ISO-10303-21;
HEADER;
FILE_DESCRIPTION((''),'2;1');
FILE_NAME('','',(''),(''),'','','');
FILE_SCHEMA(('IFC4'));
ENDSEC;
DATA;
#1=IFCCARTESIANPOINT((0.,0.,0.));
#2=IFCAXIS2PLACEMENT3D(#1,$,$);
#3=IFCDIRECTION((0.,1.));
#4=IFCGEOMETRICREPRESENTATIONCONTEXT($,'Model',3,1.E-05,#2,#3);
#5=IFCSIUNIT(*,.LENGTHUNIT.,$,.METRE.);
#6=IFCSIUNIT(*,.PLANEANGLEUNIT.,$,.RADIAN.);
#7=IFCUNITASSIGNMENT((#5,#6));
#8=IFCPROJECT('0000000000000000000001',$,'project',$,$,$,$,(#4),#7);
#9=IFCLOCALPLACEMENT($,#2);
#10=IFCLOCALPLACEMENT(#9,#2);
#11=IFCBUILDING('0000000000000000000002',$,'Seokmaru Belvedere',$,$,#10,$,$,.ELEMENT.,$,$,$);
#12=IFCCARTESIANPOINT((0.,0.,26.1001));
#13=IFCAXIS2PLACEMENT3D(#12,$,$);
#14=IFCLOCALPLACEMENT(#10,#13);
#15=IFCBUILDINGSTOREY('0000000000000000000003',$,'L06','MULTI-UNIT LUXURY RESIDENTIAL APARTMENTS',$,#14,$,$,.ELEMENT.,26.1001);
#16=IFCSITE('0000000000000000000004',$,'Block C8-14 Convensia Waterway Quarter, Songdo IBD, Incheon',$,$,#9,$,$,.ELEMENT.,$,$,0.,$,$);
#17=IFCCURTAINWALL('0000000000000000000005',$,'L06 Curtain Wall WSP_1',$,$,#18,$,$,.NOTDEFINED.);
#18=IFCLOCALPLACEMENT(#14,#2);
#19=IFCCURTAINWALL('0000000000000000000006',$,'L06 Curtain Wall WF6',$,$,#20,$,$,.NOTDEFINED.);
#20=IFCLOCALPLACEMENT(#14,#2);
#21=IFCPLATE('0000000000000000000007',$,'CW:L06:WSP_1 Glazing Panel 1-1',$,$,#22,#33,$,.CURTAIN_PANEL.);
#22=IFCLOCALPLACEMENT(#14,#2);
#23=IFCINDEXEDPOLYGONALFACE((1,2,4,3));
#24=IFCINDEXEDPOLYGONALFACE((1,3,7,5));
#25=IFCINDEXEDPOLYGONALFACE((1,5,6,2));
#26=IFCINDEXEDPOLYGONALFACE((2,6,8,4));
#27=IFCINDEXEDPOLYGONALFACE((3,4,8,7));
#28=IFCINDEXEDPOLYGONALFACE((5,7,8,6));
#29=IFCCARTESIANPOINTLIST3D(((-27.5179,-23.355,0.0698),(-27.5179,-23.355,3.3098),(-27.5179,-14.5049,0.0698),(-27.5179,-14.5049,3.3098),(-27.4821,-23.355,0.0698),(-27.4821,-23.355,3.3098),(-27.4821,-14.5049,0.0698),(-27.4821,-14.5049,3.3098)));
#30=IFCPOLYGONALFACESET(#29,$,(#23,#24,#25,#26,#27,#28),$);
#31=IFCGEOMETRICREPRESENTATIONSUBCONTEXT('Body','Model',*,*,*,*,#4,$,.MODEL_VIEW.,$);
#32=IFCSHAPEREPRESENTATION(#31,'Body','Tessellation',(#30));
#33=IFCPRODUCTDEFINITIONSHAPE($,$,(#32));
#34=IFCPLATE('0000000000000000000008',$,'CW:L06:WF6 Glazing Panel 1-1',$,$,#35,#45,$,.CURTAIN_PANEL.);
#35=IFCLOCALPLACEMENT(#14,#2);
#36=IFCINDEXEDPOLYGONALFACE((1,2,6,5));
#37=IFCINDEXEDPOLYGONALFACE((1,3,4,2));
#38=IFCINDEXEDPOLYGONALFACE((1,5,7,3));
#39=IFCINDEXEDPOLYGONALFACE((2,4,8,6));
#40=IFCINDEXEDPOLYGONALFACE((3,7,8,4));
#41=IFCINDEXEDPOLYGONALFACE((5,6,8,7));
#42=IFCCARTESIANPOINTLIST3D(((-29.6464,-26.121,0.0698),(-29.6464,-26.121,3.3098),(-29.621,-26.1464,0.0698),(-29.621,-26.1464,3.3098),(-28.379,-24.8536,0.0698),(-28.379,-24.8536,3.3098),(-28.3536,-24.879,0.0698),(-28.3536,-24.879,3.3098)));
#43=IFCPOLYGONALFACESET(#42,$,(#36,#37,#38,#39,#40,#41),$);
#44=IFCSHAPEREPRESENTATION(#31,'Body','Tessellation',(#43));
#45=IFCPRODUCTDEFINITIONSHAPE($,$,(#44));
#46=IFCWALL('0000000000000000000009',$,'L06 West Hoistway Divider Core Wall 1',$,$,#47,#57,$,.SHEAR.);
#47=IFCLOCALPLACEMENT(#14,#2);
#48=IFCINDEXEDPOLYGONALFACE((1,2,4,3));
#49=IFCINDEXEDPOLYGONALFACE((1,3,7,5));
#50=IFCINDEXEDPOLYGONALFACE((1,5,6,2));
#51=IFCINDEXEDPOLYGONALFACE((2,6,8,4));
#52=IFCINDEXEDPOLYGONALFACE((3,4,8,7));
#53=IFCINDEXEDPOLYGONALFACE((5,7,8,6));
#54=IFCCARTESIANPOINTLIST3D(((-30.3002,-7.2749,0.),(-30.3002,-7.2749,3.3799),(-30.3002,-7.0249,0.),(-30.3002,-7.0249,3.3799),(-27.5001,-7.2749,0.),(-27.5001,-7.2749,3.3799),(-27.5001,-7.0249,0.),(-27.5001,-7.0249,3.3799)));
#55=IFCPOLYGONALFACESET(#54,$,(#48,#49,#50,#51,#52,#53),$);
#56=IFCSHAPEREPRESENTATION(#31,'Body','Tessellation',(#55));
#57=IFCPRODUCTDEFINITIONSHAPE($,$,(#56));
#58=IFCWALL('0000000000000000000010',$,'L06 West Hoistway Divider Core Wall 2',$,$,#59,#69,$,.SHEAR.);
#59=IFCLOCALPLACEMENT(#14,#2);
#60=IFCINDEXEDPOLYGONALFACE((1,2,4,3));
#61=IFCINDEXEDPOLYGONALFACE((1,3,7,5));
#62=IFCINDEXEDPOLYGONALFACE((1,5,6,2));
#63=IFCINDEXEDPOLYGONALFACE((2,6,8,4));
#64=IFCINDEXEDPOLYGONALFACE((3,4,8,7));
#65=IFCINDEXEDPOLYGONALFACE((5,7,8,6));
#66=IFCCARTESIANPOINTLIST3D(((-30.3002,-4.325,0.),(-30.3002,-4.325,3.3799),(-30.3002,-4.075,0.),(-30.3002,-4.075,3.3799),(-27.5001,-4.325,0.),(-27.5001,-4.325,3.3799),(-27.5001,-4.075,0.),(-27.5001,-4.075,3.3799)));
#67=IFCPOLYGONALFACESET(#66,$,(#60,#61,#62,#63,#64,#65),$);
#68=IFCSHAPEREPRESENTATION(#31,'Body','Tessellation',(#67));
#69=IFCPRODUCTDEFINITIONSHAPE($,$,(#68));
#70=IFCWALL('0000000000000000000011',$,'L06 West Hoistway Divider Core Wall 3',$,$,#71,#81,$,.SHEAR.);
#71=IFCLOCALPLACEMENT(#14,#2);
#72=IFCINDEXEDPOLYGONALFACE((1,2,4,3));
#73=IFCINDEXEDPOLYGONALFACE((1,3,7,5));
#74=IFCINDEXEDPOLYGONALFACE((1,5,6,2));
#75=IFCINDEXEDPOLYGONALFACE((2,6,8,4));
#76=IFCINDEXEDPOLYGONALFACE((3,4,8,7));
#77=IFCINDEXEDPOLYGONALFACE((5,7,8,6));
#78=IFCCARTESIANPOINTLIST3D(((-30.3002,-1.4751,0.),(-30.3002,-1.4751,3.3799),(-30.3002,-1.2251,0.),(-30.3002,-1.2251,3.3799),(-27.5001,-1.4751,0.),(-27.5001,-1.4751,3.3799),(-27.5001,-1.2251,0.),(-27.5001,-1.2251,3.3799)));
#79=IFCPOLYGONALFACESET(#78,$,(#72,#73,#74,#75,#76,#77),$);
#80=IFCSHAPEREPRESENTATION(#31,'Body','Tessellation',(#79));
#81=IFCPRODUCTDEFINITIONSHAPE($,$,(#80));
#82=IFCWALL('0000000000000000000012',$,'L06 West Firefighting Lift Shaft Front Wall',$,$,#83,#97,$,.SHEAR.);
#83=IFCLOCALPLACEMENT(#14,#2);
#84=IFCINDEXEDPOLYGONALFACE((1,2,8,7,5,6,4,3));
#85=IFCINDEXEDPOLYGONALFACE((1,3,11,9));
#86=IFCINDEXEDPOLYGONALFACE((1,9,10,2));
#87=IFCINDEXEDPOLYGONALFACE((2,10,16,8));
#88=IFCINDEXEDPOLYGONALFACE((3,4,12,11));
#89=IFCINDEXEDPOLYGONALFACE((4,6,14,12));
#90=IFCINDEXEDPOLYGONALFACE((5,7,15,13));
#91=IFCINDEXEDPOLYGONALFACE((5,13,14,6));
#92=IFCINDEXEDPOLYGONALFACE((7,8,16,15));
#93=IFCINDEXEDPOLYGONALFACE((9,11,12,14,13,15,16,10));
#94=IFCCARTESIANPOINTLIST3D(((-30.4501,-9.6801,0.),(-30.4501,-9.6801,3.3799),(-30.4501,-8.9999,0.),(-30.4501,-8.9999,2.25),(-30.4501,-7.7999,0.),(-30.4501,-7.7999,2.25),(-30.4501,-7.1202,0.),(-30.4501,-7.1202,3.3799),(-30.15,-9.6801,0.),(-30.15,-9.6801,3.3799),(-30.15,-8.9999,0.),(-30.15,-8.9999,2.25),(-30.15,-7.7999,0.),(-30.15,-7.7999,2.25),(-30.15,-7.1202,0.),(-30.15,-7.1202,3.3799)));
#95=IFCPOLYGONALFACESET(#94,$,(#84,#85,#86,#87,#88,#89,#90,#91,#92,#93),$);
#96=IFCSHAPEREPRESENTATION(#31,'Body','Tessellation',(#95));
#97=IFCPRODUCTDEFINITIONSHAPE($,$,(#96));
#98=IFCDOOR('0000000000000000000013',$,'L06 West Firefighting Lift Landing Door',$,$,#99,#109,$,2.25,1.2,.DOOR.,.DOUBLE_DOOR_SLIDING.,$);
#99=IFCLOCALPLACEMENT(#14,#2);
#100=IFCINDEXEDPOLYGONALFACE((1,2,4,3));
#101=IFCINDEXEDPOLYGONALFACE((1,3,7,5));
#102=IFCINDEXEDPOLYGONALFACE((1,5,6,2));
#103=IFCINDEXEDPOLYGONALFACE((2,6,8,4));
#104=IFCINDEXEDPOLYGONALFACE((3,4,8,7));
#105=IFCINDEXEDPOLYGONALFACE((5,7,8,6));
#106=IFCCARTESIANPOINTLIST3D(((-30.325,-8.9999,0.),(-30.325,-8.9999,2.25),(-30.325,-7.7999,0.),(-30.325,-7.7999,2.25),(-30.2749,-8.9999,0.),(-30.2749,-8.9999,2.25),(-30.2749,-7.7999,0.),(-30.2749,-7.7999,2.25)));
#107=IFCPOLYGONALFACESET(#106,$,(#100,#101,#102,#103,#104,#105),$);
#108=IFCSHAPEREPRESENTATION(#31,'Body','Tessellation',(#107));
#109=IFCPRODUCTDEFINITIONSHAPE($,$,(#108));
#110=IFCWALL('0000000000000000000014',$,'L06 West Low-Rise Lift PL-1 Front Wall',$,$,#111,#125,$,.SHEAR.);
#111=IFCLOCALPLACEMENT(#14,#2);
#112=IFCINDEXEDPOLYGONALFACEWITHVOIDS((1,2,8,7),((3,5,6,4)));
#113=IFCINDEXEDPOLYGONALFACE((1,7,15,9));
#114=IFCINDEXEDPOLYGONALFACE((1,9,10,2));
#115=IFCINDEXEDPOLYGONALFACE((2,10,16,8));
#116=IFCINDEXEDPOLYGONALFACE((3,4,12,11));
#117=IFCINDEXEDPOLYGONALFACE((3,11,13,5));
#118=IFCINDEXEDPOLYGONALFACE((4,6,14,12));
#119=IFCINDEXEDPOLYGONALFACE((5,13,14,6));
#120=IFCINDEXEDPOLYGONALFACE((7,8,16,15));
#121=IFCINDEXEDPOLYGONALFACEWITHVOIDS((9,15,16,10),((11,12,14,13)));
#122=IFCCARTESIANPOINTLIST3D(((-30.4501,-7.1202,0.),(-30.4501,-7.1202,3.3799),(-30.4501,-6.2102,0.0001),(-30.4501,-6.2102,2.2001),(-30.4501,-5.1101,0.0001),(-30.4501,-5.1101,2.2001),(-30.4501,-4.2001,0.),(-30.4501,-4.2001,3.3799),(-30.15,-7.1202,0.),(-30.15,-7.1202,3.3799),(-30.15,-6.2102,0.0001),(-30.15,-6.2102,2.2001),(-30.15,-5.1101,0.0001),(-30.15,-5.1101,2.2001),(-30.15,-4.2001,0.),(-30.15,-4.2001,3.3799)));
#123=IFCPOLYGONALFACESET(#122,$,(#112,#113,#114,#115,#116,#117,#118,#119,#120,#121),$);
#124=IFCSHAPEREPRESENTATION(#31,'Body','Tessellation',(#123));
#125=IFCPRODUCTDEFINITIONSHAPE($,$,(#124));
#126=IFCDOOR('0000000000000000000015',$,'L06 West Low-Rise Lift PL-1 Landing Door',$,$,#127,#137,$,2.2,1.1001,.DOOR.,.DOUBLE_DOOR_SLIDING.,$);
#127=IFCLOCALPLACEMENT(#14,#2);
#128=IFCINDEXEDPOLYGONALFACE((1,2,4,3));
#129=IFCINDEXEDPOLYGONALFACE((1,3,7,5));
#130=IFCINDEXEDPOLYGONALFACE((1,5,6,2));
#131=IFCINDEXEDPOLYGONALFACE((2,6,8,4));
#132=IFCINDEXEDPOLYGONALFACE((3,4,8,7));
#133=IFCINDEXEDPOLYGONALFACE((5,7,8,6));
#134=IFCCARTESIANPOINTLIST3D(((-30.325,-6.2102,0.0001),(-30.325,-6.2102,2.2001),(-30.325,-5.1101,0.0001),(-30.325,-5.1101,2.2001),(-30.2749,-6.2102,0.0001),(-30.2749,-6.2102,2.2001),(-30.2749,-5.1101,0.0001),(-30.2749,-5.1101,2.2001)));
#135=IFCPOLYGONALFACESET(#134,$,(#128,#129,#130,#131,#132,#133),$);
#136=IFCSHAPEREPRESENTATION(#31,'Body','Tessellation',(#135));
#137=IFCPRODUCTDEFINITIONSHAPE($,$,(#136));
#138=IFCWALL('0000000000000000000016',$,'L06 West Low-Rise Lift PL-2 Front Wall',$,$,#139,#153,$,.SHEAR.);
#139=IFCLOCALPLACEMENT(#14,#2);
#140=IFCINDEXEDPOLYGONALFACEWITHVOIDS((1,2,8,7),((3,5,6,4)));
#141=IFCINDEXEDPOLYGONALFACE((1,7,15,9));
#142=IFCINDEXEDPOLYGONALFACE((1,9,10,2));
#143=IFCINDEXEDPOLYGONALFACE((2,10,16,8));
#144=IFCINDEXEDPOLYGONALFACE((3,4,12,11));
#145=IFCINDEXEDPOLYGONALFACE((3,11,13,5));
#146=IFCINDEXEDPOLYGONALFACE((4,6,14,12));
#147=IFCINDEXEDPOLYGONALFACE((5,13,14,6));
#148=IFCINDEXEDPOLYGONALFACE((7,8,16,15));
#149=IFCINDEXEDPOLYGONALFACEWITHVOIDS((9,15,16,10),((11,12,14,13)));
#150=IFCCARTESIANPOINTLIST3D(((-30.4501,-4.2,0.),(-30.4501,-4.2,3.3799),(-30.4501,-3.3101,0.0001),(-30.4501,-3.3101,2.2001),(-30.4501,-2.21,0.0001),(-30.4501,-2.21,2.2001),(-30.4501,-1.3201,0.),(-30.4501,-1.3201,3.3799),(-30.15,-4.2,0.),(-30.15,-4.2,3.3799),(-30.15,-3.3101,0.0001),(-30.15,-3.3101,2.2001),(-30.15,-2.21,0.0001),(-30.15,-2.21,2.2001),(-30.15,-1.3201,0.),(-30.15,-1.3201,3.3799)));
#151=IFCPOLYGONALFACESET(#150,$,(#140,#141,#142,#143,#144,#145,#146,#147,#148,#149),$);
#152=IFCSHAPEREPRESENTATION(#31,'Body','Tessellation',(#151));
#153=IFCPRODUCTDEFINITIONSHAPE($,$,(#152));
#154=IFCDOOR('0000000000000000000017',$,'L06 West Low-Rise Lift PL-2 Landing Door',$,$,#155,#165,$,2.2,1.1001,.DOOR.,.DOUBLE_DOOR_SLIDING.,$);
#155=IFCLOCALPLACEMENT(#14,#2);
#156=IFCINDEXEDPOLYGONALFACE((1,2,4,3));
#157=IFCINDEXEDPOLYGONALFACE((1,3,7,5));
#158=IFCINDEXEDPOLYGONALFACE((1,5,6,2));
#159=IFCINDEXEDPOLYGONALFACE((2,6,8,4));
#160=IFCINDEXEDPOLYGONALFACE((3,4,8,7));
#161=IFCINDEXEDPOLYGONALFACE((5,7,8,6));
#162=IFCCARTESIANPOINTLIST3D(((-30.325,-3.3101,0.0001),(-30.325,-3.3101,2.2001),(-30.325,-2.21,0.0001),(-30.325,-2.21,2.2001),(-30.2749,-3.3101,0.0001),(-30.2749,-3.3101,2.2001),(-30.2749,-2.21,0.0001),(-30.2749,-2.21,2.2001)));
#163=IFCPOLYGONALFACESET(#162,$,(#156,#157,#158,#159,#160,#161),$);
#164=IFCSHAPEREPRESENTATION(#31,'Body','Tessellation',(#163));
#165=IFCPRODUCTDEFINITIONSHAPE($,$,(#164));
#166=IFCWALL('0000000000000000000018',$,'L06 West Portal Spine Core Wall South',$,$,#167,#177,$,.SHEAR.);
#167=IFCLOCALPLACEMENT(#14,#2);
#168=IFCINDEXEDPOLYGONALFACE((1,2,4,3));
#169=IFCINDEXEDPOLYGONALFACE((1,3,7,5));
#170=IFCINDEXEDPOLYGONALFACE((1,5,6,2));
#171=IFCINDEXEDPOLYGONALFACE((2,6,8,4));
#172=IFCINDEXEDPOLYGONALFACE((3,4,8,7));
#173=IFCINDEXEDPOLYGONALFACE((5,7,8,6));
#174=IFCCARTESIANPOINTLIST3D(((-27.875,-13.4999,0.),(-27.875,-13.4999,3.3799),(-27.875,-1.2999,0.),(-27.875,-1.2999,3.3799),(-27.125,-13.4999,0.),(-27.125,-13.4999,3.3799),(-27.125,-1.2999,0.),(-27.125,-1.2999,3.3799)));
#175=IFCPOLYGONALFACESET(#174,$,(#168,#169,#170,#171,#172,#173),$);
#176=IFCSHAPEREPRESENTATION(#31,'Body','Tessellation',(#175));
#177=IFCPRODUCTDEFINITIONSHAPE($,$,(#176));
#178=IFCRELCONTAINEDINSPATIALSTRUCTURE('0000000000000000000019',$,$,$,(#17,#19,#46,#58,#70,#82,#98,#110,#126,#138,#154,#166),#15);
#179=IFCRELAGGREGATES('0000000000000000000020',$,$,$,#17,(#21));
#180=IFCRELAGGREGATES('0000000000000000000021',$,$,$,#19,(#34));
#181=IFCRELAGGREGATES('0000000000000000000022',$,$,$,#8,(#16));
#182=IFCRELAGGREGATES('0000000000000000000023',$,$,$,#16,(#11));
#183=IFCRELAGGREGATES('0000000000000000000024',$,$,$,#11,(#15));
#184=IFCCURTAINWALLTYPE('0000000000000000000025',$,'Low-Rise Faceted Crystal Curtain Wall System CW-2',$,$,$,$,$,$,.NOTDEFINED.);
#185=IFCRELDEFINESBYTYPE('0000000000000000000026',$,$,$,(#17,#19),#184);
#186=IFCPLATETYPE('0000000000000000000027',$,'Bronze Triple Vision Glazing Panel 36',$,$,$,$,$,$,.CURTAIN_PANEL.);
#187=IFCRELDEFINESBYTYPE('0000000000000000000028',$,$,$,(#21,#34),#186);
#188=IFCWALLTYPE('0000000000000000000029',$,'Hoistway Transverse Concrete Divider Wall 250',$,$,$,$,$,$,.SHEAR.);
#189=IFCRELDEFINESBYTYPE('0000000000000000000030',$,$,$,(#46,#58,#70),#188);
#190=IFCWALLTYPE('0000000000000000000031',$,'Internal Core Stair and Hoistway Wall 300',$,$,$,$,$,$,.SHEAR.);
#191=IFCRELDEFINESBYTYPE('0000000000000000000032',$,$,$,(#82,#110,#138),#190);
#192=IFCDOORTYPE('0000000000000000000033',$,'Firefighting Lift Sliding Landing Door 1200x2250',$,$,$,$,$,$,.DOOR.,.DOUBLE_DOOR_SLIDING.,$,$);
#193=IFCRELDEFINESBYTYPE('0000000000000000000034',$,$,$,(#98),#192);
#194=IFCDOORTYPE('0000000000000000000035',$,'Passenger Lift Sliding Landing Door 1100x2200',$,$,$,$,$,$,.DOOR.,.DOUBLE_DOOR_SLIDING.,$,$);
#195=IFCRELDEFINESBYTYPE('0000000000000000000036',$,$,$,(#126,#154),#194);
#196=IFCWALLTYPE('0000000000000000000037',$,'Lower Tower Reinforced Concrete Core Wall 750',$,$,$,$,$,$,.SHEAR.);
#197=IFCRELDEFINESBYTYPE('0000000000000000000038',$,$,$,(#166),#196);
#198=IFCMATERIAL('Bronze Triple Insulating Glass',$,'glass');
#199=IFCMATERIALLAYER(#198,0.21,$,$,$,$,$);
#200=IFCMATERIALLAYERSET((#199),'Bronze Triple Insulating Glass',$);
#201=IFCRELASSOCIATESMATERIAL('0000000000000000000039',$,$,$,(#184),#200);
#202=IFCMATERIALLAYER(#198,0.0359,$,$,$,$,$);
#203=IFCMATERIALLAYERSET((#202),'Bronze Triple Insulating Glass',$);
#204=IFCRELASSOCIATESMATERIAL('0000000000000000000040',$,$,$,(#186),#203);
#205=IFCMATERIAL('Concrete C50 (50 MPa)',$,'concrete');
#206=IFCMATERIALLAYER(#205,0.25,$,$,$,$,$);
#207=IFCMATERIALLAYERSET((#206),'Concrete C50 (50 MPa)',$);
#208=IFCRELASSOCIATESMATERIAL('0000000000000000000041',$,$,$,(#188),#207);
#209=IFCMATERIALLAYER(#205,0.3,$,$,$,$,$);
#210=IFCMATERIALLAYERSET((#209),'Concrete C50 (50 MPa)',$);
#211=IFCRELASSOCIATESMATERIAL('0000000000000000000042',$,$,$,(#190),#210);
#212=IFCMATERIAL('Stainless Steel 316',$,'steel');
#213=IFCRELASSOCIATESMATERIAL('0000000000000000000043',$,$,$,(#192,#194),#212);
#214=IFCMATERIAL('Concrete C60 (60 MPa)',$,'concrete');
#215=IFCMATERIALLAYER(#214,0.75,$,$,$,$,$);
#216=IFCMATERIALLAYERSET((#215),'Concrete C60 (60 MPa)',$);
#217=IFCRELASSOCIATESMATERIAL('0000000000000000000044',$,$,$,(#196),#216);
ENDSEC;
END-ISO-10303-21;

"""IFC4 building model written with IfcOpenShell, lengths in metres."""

from ifc_helpers import new_model, si_unit, direction, frame, frame_2d, origin, origin_2d, place, context, subcontext, project, spatial, rectangle, extrude, source, transform, mapped, material, layer, layer_set, type_object, type_shapes, element, fill, aggregate, save


model = new_model("IFC4")

# Units and contexts
model_context = context("Model", 3, precision=1e-05, world=origin(), true_north=direction((0.0, 1.0)))
body_context = subcontext(model_context, "Body", "Model", "MODEL_VIEW")
ifc_project = project(units=[si_unit("LENGTHUNIT", "METRE"), si_unit("PLANEANGLEUNIT", "RADIAN")], contexts=[model_context])

# Site, building, storey
site_placement = place(None, origin())
site = spatial("IfcSite", under=ifc_project, at=site_placement, Name="Block C8-14 Convensia Waterway Quarter, Songdo IBD, Incheon", CompositionType="ELEMENT", RefElevation=0.0)
building_placement = place(site_placement, origin())
building = spatial("IfcBuilding", under=site, at=building_placement, Name="Seokmaru Belvedere", CompositionType="ELEMENT")
storey_placement = place(building_placement, frame((0.0, 0.0, 26.1001)))
storey = spatial("IfcBuildingStorey", under=building, at=storey_placement, Name="L06", Description="MULTI-UNIT LUXURY RESIDENTIAL APARTMENTS", CompositionType="ELEMENT", Elevation=26.1001)

# Curtain walls
ifc_material_1 = material(Name="Bronze Triple Insulating Glass", Category="glass")
ifc_layer_1 = layer(ifc_material_1, 0.21)
ifc_layer_set_1 = layer_set([ifc_layer_1], Name="Bronze Triple Insulating Glass")
curtain_wall_type = type_object("IfcCurtainWallType", Name="Low-Rise Faceted Crystal Curtain Wall System CW-2", PredefinedType="NOTDEFINED", material=ifc_layer_set_1)
curtain_wall_1_placement = place(storey_placement, origin())
curtain_wall_1 = element("IfcCurtainWall", 1, at=curtain_wall_1_placement, inside=storey, type_object=curtain_wall_type, Name="L06 Curtain Wall WSP_1", PredefinedType="NOTDEFINED")
curtain_wall_2_placement = place(storey_placement, origin())
curtain_wall_2 = element("IfcCurtainWall", 2, at=curtain_wall_2_placement, inside=storey, type_object=curtain_wall_type, Name="L06 Curtain Wall WF6", PredefinedType="NOTDEFINED")

# Plates
ifc_layer_2 = layer(ifc_material_1, 0.0359)
ifc_layer_set_2 = layer_set([ifc_layer_2], Name="Bronze Triple Insulating Glass")
plate_type = type_object("IfcPlateType", Name="Bronze Triple Vision Glazing Panel 36", PredefinedType="CURTAIN_PANEL", material=ifc_layer_set_2)
shared_shape_1 = source(origin(), body_context, "Body", "SweptSolid", [
    extrude(rectangle(XDim=8.8501, YDim=0.0359, at=origin_2d()), origin(), (0.0, 0.0, 1.0), 3.24),
])
plate_1_placement = place(storey_placement, frame((-27.5, -18.9299, 0.0698), z_axis=(0.0, 0.0, 1.0), x_axis=(0.0, 1.0, 0.0)))
plate_1 = element("IfcPlate", 3, at=plate_1_placement, type_object=plate_type, Name="CW:L06:WSP_1 Glazing Panel 1-1", PredefinedType="CURTAIN_PANEL", context=body_context, shape_type="MappedRepresentation", body=[
    mapped(shared_shape_1, transform((0.0, 0.0, 0.0), scale=1.0)),
])
aggregate(curtain_wall_1, [plate_1])
shared_shape_2 = source(origin(), body_context, "Body", "SweptSolid", [
    extrude(rectangle(XDim=1.7925, YDim=0.0359, at=origin_2d()), origin(), (0.0, 0.0, 1.0), 3.24),
])
type_shapes(plate_type, [shared_shape_1, shared_shape_2])
plate_2_placement = place(storey_placement, frame((-29.0, -25.5, 0.0698), z_axis=(0.0, 0.0, 1.0), x_axis=(0.707107, 0.707107, 0.0)))
plate_2 = element("IfcPlate", 4, at=plate_2_placement, type_object=plate_type, Name="CW:L06:WF6 Glazing Panel 1-1", PredefinedType="CURTAIN_PANEL", context=body_context, shape_type="MappedRepresentation", body=[
    mapped(shared_shape_2, transform((0.0, 0.0, 0.0), scale=1.0)),
])
aggregate(curtain_wall_2, [plate_2])

# Walls
ifc_material_2 = material(Name="Concrete C50 (50 MPa)", Category="concrete")
ifc_layer_3 = layer(ifc_material_2, 0.25)
ifc_layer_set_3 = layer_set([ifc_layer_3], Name="Concrete C50 (50 MPa)")
wall_type_1 = type_object("IfcWallType", Name="Hoistway Transverse Concrete Divider Wall 250", PredefinedType="SHEAR", material=ifc_layer_set_3)
for number, where, z_axis, x_axis, name in (
    (5, (-30.3, -7.1499, 0.0), (0.0, 0.0, 1.0), (1.0, 0.0, 0.0), "L06 West Hoistway Divider Core Wall 1"),
    (6, (-30.3, -4.2, 0.0), (0.0, 0.0, 1.0), (1.0, 0.0, 0.0), "L06 West Hoistway Divider Core Wall 2"),
    (7, (-30.3, -1.3501, 0.0), (0.0, 0.0, 1.0), (1.0, 0.0, 0.0), "L06 West Hoistway Divider Core Wall 3"),
):
    element("IfcWall", number, at=place(storey_placement, frame(where, z_axis=z_axis, x_axis=x_axis)), inside=storey, type_object=wall_type_1, Name=name, PredefinedType="SHEAR", context=body_context, shape_type="SweptSolid", body=[
        extrude(rectangle(XDim=2.8, YDim=0.25, at=frame_2d((1.3999, 0.0))), origin(), (0.0, 0.0, 1.0), 3.3799),
    ])

# Walls, openings, doors
ifc_layer_4 = layer(ifc_material_2, 0.3)
ifc_layer_set_4 = layer_set([ifc_layer_4], Name="Concrete C50 (50 MPa)")
wall_type_2 = type_object("IfcWallType", Name="Internal Core Stair and Hoistway Wall 300", PredefinedType="SHEAR", material=ifc_layer_set_4)
wall_1_placement = place(storey_placement, frame((-30.3, -9.6799, 0.0), z_axis=(0.0, 0.0, 1.0), x_axis=(0.0, 1.0, 0.0)))
wall_1 = element("IfcWall", 8, at=wall_1_placement, inside=storey, type_object=wall_type_2, Name="L06 West Firefighting Lift Shaft Front Wall", PredefinedType="SHEAR", context=body_context, shape_type="SweptSolid", body=[
    extrude(rectangle(XDim=2.5598, YDim=0.3, at=frame_2d((1.2798, 0.0))), origin(), (0.0, 0.0, 1.0), 3.3799),
])
opening_1_placement = place(wall_1_placement, frame((0.6799, 0.0, 0.0)))
opening_1 = element("IfcOpeningElement", 9, at=opening_1_placement, cuts=wall_1, PredefinedType="OPENING", context=body_context, shape_type="SweptSolid", body=[
    extrude(rectangle(XDim=1.2, YDim=2.25, at=frame_2d((0.6001, 1.125))), frame((0.0, 0.1602, 0.0), z_axis=(0.0, -1.0, 0.0), x_axis=(1.0, 0.0, 0.0)), (0.0, 0.0, 1.0), 0.3201),
])
ifc_material_3 = material(Name="Stainless Steel 316", Category="steel")
door_type_1 = type_object("IfcDoorType", Name="Firefighting Lift Sliding Landing Door 1200x2250", OperationType="DOUBLE_DOOR_SLIDING", PredefinedType="DOOR", material=ifc_material_3)
shared_shape_3 = source(origin(), body_context, "Body", "SweptSolid", [
    extrude(rectangle(XDim=1.2, YDim=2.25, at=frame_2d((0.6001, 1.125))), frame((0.0, 0.0249, 0.0), z_axis=(0.0, -1.0, 0.0), x_axis=(1.0, 0.0, 0.0)), (0.0, 0.0, 1.0), 0.05),
])
type_shapes(door_type_1, [shared_shape_3])
door_1_placement = place(opening_1_placement, origin())
door_1 = element("IfcDoor", 10, at=door_1_placement, inside=storey, type_object=door_type_1, Name="L06 West Firefighting Lift Landing Door", OperationType="DOUBLE_DOOR_SLIDING", OverallHeight=2.25, OverallWidth=1.2, PredefinedType="DOOR", context=body_context, shape_type="MappedRepresentation", body=[
    mapped(shared_shape_3, transform((0.0, 0.0, 0.0), scale=1.0)),
])
fill(opening_1, door_1)
wall_2_placement = place(storey_placement, frame((-30.3, -7.1201, 0.0), z_axis=(0.0, 0.0, 1.0), x_axis=(0.0, 1.0, 0.0)))
wall_2 = element("IfcWall", 11, at=wall_2_placement, inside=storey, type_object=wall_type_2, Name="L06 West Low-Rise Lift PL-1 Front Wall", PredefinedType="SHEAR", context=body_context, shape_type="SweptSolid", body=[
    extrude(rectangle(XDim=2.9202, YDim=0.3, at=frame_2d((1.46, 0.0))), origin(), (0.0, 0.0, 1.0), 3.3799),
])
opening_2_placement = place(wall_2_placement, frame((0.9099, 0.0, 0.0)))
opening_2 = element("IfcOpeningElement", 12, at=opening_2_placement, cuts=wall_2, PredefinedType="OPENING", context=body_context, shape_type="SweptSolid", body=[
    extrude(rectangle(XDim=1.1001, YDim=2.2, at=frame_2d((0.55, 1.1001))), frame((0.0, 0.1602, 0.0), z_axis=(0.0, -1.0, 0.0), x_axis=(1.0, 0.0, 0.0)), (0.0, 0.0, 1.0), 0.3201),
])
door_type_2 = type_object("IfcDoorType", Name="Passenger Lift Sliding Landing Door 1100x2200", OperationType="DOUBLE_DOOR_SLIDING", PredefinedType="DOOR", material=ifc_material_3)
shared_shape_4 = source(origin(), body_context, "Body", "SweptSolid", [
    extrude(rectangle(XDim=1.1001, YDim=2.2, at=frame_2d((0.55, 1.1001))), frame((0.0, 0.0249, 0.0), z_axis=(0.0, -1.0, 0.0), x_axis=(1.0, 0.0, 0.0)), (0.0, 0.0, 1.0), 0.05),
])
type_shapes(door_type_2, [shared_shape_4])
door_2_placement = place(opening_2_placement, origin())
door_2 = element("IfcDoor", 13, at=door_2_placement, inside=storey, type_object=door_type_2, Name="L06 West Low-Rise Lift PL-1 Landing Door", OperationType="DOUBLE_DOOR_SLIDING", OverallHeight=2.2, OverallWidth=1.1001, PredefinedType="DOOR", context=body_context, shape_type="MappedRepresentation", body=[
    mapped(shared_shape_4, transform((0.0, 0.0, 0.0), scale=1.0)),
])
fill(opening_2, door_2)
wall_3_placement = place(storey_placement, frame((-30.3, -4.2, 0.0), z_axis=(0.0, 0.0, 1.0), x_axis=(0.0, 1.0, 0.0)))
wall_3 = element("IfcWall", 14, at=wall_3_placement, inside=storey, type_object=wall_type_2, Name="L06 West Low-Rise Lift PL-2 Front Wall", PredefinedType="SHEAR", context=body_context, shape_type="SweptSolid", body=[
    extrude(rectangle(XDim=2.8799, YDim=0.3, at=frame_2d((1.4399, 0.0))), origin(), (0.0, 0.0, 1.0), 3.3799),
])
opening_3_placement = place(wall_3_placement, frame((0.8899, 0.0, 0.0)))
opening_3 = element("IfcOpeningElement", 15, at=opening_3_placement, cuts=wall_3, PredefinedType="OPENING", context=body_context, shape_type="SweptSolid", body=[
    extrude(rectangle(XDim=1.1001, YDim=2.2, at=frame_2d((0.55, 1.1001))), frame((0.0, 0.1602, 0.0), z_axis=(0.0, -1.0, 0.0), x_axis=(1.0, 0.0, 0.0)), (0.0, 0.0, 1.0), 0.3201),
])
door_3_placement = place(opening_3_placement, origin())
door_3 = element("IfcDoor", 16, at=door_3_placement, inside=storey, type_object=door_type_2, Name="L06 West Low-Rise Lift PL-2 Landing Door", OperationType="DOUBLE_DOOR_SLIDING", OverallHeight=2.2, OverallWidth=1.1001, PredefinedType="DOOR", context=body_context, shape_type="MappedRepresentation", body=[
    mapped(shared_shape_4, transform((0.0, 0.0, 0.0), scale=1.0)),
])
fill(opening_3, door_3)

# Wall
ifc_material_4 = material(Name="Concrete C60 (60 MPa)", Category="concrete")
ifc_layer_5 = layer(ifc_material_4, 0.75)
ifc_layer_set_5 = layer_set([ifc_layer_5], Name="Concrete C60 (60 MPa)")
wall_type_3 = type_object("IfcWallType", Name="Lower Tower Reinforced Concrete Core Wall 750", PredefinedType="SHEAR", material=ifc_layer_set_5)
wall_4_placement = place(storey_placement, frame((-27.5, -13.5, 0.0), z_axis=(0.0, 0.0, 1.0), x_axis=(0.0, 1.0, 0.0)))
element("IfcWall", 17, at=wall_4_placement, inside=storey, type_object=wall_type_3, Name="L06 West Portal Spine Core Wall South", PredefinedType="SHEAR", context=body_context, shape_type="SweptSolid", body=[
    extrude(rectangle(XDim=12.2, YDim=0.75, at=frame_2d((6.1001, 0.0))), origin(), (0.0, 0.0, 1.0), 3.3799),
])

save(model, "model.ifc")
